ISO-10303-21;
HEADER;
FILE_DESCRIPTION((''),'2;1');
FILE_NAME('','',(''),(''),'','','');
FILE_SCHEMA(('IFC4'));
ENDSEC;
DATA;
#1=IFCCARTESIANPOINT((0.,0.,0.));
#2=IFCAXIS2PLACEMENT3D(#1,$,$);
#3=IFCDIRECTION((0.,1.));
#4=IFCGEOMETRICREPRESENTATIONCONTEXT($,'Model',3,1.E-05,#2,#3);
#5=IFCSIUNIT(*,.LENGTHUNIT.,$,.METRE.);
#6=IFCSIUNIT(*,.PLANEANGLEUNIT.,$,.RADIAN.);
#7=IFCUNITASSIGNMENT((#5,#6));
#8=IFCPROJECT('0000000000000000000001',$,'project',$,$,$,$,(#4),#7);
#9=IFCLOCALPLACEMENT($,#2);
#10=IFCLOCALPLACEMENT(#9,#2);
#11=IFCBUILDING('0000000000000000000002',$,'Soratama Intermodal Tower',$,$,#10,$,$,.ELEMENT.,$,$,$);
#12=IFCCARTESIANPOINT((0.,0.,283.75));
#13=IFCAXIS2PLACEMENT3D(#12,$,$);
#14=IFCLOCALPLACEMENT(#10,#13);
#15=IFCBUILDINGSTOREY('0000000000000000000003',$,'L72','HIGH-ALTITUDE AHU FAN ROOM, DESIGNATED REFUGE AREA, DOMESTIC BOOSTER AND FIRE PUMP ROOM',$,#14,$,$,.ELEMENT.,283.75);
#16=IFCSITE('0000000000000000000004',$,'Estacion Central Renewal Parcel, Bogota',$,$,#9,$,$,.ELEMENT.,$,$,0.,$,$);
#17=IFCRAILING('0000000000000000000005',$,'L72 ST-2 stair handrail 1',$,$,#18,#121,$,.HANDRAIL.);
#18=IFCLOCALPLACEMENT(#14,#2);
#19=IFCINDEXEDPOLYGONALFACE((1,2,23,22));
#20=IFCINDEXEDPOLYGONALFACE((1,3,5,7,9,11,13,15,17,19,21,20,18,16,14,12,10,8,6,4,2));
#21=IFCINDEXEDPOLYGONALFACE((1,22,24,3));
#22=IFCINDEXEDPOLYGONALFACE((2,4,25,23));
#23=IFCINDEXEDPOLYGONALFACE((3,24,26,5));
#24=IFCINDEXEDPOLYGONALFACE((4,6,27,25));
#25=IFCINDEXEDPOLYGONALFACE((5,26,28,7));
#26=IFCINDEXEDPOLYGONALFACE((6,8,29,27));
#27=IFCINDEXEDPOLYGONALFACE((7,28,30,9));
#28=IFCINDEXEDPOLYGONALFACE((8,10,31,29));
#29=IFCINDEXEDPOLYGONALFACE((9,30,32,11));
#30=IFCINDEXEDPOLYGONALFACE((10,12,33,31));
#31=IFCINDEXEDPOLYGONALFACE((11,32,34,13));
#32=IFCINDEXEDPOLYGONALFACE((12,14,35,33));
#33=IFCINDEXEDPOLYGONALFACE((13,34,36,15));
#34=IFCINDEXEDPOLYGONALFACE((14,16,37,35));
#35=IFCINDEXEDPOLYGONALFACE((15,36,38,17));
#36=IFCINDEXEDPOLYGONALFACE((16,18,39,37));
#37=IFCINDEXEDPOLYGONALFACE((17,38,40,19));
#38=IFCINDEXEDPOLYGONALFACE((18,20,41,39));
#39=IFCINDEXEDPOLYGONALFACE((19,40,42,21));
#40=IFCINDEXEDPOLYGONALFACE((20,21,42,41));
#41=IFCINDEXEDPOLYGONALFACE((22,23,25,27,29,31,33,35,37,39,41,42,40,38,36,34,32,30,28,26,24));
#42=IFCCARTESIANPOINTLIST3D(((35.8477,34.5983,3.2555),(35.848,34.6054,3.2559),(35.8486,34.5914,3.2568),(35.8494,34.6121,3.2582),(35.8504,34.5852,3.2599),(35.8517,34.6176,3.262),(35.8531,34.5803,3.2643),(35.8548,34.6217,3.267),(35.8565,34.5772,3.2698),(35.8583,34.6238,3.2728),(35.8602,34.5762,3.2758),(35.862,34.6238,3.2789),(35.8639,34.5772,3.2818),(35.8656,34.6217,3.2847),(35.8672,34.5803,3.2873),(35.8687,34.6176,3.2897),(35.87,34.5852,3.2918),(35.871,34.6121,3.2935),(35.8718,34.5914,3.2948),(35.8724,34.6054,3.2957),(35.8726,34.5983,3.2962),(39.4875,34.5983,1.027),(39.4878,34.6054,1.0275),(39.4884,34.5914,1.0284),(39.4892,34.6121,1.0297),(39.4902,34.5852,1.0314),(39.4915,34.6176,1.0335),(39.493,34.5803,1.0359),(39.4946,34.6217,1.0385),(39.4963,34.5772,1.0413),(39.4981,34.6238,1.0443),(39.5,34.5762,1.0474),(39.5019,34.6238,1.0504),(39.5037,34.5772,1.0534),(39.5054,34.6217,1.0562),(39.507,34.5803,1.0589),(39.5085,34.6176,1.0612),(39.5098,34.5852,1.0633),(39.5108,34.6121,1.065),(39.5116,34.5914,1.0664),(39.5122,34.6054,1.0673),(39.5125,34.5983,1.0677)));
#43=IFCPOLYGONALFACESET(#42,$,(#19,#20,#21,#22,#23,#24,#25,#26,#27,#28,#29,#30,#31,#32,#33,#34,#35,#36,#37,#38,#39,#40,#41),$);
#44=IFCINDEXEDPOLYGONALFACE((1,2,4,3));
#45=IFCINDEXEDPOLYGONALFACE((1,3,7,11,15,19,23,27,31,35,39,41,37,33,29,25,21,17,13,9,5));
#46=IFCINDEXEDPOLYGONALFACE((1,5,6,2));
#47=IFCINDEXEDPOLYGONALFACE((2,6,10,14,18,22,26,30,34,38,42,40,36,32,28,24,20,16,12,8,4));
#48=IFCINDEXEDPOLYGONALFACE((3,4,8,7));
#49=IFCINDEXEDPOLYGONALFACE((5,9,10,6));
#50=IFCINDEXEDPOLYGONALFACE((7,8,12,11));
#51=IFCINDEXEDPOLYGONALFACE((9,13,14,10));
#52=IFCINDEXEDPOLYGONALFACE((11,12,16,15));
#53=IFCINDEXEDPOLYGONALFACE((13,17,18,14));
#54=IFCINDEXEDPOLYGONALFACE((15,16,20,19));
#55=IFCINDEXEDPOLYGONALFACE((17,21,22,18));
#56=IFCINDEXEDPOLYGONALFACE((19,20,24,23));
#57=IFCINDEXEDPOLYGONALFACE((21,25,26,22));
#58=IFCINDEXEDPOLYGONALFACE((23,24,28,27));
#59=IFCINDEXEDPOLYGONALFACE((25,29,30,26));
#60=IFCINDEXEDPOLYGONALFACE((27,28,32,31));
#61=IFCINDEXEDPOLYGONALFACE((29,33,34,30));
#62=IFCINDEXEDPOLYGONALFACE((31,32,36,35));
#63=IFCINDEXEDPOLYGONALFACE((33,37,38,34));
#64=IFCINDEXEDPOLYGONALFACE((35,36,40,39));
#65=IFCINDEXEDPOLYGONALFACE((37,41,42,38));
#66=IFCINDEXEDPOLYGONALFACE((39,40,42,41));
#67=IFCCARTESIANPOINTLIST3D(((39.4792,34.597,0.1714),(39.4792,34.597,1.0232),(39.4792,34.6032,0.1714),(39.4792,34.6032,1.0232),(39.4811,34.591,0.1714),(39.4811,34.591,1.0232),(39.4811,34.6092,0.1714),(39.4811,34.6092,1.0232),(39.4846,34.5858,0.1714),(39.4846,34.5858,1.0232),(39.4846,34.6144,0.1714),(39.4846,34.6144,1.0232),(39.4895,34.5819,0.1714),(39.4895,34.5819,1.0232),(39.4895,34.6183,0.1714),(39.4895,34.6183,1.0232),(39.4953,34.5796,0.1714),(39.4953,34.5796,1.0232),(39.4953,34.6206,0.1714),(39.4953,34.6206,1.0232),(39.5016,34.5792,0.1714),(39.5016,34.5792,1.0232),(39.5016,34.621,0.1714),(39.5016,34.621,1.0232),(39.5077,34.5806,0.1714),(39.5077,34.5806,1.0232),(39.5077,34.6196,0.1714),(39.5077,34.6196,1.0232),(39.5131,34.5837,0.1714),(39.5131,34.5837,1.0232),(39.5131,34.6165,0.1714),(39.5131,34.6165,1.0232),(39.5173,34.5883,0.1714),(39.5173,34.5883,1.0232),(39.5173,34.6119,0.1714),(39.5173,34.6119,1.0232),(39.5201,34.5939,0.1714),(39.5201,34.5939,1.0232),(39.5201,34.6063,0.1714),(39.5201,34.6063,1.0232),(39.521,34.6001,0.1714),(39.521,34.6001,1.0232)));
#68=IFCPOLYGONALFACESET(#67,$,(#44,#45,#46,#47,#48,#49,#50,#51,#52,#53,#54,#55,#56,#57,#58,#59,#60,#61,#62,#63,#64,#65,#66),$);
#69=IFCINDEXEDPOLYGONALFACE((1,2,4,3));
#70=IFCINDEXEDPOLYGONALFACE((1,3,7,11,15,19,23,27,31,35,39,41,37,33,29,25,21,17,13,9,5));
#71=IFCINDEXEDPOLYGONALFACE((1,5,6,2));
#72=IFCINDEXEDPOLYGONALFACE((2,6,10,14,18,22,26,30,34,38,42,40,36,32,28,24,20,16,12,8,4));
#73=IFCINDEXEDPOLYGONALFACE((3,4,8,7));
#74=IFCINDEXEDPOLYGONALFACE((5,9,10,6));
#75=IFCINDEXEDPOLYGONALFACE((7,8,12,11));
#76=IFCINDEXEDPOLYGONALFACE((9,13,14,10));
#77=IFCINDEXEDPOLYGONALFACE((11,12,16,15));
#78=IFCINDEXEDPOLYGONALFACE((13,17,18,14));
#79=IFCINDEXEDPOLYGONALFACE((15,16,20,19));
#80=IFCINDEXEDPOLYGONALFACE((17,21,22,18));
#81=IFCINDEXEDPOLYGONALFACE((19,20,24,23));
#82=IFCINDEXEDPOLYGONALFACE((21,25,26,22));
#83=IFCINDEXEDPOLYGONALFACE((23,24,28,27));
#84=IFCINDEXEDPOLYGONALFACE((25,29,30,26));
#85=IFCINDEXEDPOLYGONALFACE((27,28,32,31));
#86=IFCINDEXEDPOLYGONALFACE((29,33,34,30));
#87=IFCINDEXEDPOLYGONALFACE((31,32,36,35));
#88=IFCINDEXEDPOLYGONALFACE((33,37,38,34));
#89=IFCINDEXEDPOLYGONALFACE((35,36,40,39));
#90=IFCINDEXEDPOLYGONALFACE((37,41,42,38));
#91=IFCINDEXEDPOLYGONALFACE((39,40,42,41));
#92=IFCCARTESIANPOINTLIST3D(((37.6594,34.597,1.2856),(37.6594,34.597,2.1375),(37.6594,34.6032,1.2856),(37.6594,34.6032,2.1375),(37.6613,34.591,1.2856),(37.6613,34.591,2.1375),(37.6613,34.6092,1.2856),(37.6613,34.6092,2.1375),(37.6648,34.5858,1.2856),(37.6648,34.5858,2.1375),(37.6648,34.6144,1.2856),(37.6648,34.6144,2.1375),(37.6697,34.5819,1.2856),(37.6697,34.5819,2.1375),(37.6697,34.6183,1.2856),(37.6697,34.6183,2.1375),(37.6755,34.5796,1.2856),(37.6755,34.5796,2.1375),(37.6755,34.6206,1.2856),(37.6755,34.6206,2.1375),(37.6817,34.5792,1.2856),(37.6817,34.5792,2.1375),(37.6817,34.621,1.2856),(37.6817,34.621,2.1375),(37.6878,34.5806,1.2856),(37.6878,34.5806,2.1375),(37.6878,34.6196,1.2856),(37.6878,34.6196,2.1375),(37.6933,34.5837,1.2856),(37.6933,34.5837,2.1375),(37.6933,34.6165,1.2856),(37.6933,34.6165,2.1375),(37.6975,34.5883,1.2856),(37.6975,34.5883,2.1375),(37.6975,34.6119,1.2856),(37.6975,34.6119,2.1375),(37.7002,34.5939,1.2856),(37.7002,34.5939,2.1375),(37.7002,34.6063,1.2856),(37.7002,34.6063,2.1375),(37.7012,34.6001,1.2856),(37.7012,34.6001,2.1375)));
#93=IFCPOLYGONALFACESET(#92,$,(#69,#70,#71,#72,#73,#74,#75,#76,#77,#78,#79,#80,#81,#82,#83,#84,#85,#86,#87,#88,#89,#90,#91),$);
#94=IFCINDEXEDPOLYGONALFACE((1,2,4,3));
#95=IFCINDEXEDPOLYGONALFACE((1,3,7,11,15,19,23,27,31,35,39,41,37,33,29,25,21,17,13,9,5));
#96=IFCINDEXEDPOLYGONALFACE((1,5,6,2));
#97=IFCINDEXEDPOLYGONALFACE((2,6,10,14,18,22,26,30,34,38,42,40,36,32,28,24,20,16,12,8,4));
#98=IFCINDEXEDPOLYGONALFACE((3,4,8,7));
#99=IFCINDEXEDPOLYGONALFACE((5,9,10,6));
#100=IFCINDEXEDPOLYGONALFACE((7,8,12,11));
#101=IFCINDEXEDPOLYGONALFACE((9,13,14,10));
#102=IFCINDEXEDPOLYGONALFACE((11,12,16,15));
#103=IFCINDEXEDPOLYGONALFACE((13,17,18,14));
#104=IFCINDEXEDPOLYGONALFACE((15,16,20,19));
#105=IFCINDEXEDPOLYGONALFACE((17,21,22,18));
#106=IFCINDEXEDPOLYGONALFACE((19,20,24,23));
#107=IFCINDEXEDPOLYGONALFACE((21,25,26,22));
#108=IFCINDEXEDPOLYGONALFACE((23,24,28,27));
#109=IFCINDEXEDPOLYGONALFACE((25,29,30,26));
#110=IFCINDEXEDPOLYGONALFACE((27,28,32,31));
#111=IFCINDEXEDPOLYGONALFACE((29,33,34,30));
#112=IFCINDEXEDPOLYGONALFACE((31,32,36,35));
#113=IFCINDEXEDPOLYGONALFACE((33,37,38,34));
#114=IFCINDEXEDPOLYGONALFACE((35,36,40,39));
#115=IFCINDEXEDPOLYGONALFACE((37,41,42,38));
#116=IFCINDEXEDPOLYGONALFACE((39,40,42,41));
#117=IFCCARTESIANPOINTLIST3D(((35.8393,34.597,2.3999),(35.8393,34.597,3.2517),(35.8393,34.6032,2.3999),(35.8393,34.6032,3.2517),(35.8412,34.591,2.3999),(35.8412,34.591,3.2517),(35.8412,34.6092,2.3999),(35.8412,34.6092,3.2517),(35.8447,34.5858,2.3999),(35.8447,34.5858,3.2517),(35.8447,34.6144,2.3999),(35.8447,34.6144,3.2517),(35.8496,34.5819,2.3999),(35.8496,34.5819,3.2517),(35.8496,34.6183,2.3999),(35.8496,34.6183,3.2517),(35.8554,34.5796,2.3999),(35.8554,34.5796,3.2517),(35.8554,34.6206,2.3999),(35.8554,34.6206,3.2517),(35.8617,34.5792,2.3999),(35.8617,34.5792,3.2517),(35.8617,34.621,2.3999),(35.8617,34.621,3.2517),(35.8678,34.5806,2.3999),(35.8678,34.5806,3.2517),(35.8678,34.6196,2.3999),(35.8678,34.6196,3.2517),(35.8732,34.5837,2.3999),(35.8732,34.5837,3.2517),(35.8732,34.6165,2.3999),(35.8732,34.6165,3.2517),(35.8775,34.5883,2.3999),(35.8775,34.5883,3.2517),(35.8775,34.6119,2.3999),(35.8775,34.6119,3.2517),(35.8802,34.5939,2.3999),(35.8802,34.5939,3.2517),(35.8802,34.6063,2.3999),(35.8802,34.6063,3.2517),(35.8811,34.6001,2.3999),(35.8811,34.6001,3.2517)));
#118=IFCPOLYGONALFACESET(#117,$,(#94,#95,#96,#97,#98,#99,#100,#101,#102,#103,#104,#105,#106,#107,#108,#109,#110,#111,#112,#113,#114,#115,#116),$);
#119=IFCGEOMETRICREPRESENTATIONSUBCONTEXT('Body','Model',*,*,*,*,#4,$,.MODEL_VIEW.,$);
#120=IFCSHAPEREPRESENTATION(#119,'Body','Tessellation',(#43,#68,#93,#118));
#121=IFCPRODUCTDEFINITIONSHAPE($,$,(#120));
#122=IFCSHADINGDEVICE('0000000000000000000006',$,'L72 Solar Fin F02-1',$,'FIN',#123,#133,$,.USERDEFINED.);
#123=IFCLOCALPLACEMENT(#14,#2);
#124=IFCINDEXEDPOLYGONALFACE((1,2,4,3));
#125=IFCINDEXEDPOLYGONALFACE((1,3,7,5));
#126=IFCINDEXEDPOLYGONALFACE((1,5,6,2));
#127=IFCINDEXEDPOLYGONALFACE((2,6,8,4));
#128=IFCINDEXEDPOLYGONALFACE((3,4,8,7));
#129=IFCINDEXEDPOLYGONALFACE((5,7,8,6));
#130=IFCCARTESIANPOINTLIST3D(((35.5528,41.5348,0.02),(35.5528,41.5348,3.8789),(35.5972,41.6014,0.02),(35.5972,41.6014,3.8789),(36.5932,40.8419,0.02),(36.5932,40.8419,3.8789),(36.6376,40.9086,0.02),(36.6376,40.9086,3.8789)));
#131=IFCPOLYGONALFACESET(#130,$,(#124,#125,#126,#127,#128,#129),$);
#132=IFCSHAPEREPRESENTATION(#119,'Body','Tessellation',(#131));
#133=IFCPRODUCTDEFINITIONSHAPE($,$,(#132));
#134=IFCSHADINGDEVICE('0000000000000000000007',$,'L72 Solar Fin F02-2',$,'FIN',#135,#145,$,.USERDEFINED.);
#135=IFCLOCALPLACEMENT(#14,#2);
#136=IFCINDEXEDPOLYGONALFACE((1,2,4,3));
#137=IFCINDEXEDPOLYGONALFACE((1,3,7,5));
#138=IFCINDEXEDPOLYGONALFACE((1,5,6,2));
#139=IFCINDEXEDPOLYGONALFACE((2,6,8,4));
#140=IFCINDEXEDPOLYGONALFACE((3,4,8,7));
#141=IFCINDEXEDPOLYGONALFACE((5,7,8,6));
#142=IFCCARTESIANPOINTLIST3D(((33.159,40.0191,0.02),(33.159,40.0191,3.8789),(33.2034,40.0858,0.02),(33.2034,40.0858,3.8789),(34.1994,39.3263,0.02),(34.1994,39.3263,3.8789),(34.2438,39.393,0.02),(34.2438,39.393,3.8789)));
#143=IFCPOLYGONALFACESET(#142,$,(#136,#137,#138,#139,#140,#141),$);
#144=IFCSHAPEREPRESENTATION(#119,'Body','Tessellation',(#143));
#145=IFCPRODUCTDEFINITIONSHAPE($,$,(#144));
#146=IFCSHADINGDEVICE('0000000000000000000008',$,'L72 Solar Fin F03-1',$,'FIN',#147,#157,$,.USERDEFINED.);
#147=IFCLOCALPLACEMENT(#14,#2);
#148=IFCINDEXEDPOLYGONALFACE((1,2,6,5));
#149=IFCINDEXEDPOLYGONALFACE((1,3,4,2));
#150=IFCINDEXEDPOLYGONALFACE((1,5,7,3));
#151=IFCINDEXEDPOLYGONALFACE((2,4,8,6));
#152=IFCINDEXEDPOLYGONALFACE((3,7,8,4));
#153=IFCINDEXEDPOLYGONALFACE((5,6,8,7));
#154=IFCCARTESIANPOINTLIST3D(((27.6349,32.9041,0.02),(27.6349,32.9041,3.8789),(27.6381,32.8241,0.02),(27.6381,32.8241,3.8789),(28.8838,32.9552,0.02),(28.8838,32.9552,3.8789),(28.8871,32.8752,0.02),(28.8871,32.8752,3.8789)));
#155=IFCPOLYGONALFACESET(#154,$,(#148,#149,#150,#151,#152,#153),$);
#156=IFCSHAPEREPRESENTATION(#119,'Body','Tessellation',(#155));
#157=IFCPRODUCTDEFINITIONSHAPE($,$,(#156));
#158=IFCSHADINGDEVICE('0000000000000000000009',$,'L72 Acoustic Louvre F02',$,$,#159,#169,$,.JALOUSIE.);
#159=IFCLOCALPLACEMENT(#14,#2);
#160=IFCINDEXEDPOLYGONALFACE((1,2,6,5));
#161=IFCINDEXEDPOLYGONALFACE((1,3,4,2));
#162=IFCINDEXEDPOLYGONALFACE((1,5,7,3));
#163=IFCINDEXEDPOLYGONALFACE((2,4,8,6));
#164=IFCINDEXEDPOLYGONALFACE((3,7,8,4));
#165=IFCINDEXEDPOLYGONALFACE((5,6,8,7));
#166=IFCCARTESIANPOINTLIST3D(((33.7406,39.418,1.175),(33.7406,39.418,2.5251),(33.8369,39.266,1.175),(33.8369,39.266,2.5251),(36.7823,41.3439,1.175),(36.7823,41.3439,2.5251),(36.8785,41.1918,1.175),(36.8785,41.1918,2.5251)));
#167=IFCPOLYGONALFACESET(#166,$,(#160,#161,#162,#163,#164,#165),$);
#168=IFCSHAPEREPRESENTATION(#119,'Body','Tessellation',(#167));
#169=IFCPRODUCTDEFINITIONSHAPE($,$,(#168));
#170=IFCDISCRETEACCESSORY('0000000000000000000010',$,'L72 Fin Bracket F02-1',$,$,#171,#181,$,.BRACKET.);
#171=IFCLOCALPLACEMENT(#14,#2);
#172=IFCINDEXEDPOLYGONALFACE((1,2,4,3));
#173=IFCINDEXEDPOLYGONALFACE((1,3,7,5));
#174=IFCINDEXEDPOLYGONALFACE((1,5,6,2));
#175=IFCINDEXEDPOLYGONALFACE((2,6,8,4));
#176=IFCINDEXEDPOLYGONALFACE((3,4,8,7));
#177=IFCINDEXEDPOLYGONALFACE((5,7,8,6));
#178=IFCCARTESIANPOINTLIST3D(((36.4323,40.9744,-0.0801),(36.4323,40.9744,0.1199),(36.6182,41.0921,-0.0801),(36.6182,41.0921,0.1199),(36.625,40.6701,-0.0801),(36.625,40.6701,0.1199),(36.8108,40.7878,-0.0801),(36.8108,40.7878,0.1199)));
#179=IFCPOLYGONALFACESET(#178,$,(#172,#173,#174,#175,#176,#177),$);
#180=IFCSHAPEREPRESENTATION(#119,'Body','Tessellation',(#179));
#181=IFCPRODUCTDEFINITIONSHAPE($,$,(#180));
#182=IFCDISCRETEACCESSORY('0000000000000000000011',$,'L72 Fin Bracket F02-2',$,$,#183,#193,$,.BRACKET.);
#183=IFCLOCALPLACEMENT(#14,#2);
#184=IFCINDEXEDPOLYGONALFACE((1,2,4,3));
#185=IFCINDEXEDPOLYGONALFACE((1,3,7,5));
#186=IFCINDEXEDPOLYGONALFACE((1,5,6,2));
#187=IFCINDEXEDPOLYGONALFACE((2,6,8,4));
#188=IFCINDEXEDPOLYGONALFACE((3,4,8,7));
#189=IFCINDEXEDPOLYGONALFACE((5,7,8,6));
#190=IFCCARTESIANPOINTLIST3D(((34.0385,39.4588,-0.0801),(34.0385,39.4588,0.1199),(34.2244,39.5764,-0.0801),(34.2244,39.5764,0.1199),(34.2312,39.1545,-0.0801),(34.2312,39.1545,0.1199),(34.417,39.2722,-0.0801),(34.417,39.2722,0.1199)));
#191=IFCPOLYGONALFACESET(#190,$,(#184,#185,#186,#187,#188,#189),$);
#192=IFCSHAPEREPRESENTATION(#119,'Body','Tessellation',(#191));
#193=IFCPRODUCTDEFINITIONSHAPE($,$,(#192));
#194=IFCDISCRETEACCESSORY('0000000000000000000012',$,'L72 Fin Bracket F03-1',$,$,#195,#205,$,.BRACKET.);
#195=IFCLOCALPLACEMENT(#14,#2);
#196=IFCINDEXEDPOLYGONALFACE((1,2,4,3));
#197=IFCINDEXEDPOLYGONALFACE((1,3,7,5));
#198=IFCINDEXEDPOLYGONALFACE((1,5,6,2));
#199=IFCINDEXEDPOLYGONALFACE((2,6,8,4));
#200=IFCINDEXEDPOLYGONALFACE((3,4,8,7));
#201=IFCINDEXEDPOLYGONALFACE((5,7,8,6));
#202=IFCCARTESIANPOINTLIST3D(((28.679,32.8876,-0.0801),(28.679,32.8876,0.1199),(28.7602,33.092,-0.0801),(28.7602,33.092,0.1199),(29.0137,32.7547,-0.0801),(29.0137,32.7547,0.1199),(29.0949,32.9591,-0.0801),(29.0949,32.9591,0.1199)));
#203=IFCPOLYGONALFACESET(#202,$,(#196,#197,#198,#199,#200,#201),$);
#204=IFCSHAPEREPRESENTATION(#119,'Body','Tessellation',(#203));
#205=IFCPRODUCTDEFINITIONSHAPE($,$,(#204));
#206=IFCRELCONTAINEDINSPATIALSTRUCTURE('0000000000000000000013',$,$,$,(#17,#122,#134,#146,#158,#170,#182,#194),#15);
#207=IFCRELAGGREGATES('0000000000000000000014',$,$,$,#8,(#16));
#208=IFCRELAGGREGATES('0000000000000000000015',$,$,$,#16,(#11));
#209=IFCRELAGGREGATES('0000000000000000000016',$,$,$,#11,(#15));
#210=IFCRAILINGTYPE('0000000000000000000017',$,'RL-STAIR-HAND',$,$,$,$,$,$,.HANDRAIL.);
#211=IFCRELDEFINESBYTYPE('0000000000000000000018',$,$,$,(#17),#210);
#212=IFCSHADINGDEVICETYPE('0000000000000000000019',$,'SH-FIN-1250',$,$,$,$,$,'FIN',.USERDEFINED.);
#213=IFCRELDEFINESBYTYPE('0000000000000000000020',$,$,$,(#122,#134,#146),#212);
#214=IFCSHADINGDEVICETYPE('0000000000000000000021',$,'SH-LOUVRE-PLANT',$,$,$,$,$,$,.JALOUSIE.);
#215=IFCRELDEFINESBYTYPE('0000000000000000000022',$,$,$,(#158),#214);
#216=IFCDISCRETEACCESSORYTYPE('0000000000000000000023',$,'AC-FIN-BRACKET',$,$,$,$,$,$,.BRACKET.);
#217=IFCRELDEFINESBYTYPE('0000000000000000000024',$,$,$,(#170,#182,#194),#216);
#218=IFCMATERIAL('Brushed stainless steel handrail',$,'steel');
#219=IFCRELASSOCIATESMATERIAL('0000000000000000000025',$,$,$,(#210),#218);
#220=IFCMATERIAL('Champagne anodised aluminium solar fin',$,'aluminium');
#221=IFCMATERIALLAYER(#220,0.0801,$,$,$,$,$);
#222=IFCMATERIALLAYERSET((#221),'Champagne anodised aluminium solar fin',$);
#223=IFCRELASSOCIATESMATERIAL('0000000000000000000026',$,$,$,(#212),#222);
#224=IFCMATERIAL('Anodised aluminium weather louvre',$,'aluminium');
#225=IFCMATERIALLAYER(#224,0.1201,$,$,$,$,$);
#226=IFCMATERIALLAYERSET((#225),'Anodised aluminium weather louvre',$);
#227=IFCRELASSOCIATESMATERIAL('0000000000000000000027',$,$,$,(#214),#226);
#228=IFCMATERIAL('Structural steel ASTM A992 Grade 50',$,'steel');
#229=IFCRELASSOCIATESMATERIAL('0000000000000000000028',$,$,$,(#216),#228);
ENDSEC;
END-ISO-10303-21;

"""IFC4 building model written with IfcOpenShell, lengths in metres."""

from ifc_helpers import new_model, si_unit, direction, frame, origin, origin_2d, place, context, subcontext, project, spatial, rectangle, circle, extrude, material, layer, layer_set, type_object, element, save


model = new_model("IFC4")

# Units and contexts
model_context = context("Model", 3, precision=1e-05, world=origin(), true_north=direction((0.0, 1.0)))
body_context = subcontext(model_context, "Body", "Model", "MODEL_VIEW")
ifc_project = project(units=[si_unit("LENGTHUNIT", "METRE"), si_unit("PLANEANGLEUNIT", "RADIAN")], contexts=[model_context])

# Site, building, storey
site_placement = place(None, origin())
site = spatial("IfcSite", under=ifc_project, at=site_placement, Name="Estacion Central Renewal Parcel, Bogota", CompositionType="ELEMENT", RefElevation=0.0)
building_placement = place(site_placement, origin())
building = spatial("IfcBuilding", under=site, at=building_placement, Name="Soratama Intermodal Tower", CompositionType="ELEMENT")
storey_placement = place(building_placement, frame((0.0, 0.0, 283.75)))
storey = spatial("IfcBuildingStorey", under=building, at=storey_placement, Name="L72", Description="HIGH-ALTITUDE AHU FAN ROOM, DESIGNATED REFUGE AREA, DOMESTIC BOOSTER AND FIRE PUMP ROOM", CompositionType="ELEMENT", Elevation=283.75)

# Railing
ifc_material_1 = material(Name="Brushed stainless steel handrail", Category="steel")
railing_type_1 = type_object("IfcRailingType", Name="RL-STAIR-HAND", PredefinedType="HANDRAIL", material=ifc_material_1)
railing_1_placement = place(storey_placement, frame((39.5, 34.6001, 0.1714)))
element("IfcRailing", 1, at=railing_1_placement, inside=storey, type_object=railing_type_1, Name="L72 ST-2 stair handrail 1", PredefinedType="HANDRAIL", context=body_context, shape_type="SweptSolid", body=[
    extrude(circle(Radius=0.0239, at=origin_2d()), frame((0.0, 0.0, 0.876), z_axis=(-0.85285, 0.0, 0.522156), x_axis=(0.0, -1.0, 0.0)), (0.0, 0.0, 1.0), 4.2678),
    extrude(circle(Radius=0.021, at=origin_2d()), origin(), (0.0, 0.0, 1.0), 0.8518),
    extrude(circle(Radius=0.021, at=origin_2d()), frame((-1.8198, 0.0, 1.1143)), (0.0, 0.0, 1.0), 0.8518),
    extrude(circle(Radius=0.021, at=origin_2d()), frame((-3.6399, 0.0, 2.2285)), (0.0, 0.0, 1.0), 0.8518),
])

# Shading devices
ifc_material_2 = material(Name="Champagne anodised aluminium solar fin", Category="aluminium")
ifc_layer_1 = layer(ifc_material_2, 0.0801)
ifc_layer_set_1 = layer_set([ifc_layer_1], Name="Champagne anodised aluminium solar fin")
shading_device_type_1 = type_object("IfcShadingDeviceType", Name="SH-FIN-1250", ElementType="FIN", PredefinedType="USERDEFINED", material=ifc_layer_set_1)
for number, where, z_axis, x_axis, name in (
    (2, (36.0952, 41.2217, 0.02), (0.0, 0.0, 1.0), (-0.832341, 0.554263, 0.0), "L72 Solar Fin F02-1"),
    (3, (33.7014, 39.7061, 0.02), (0.0, 0.0, 1.0), (-0.832341, 0.554263, 0.0), "L72 Solar Fin F02-2"),
    (4, (28.261, 32.8896, 0.02), (0.0, 0.0, 1.0), (-0.999166, -0.040829, 0.0), "L72 Solar Fin F03-1"),
):
    element("IfcShadingDevice", number, at=place(storey_placement, frame(where, z_axis=z_axis, x_axis=x_axis)), inside=storey, type_object=shading_device_type_1, Name=name, ObjectType="FIN", PredefinedType="USERDEFINED", context=body_context, shape_type="SweptSolid", body=[
        extrude(rectangle(XDim=1.25, YDim=0.0801, at=origin_2d()), origin(), (0.0, 0.0, 1.0), 3.8589),
    ])
ifc_material_3 = material(Name="Anodised aluminium weather louvre", Category="aluminium")
ifc_layer_2 = layer(ifc_material_3, 0.1201)
ifc_layer_set_2 = layer_set([ifc_layer_2], Name="Anodised aluminium weather louvre")
shading_device_type_2 = type_object("IfcShadingDeviceType", Name="SH-LOUVRE-PLANT", PredefinedType="JALOUSIE", material=ifc_layer_set_2)
shading_device_placement = place(storey_placement, frame((35.3096, 40.3049, 1.175), z_axis=(0.0, 0.0, 1.0), x_axis=(-0.844889, -0.534942, 0.0)))
element("IfcShadingDevice", 5, at=shading_device_placement, inside=storey, type_object=shading_device_type_2, Name="L72 Acoustic Louvre F02", PredefinedType="JALOUSIE", context=body_context, shape_type="SweptSolid", body=[
    extrude(rectangle(XDim=3.6001, YDim=0.1799, at=origin_2d()), origin(), (0.0, 0.0, 1.0), 1.3501),
])

# Discrete accessories
ifc_material_4 = material(Name="Structural steel ASTM A992 Grade 50", Category="steel")
discrete_accessory_type = type_object("IfcDiscreteAccessoryType", Name="AC-FIN-BRACKET", PredefinedType="BRACKET", material=ifc_material_4)
for number, where, z_axis, x_axis, name in (
    (6, (36.6216, 40.8811, -0.0801), (0.0, 0.0, 1.0), (-0.534942, 0.844889, 0.0), "L72 Fin Bracket F02-1"),
    (7, (34.2278, 39.3655, -0.0801), (0.0, 0.0, 1.0), (-0.534942, 0.844889, 0.0), "L72 Fin Bracket F02-2"),
    (8, (28.887, 32.9233, -0.0801), (0.0, 0.0, 1.0), (-0.92939, 0.369098, 0.0), "L72 Fin Bracket F03-1"),
):
    element("IfcDiscreteAccessory", number, at=place(storey_placement, frame(where, z_axis=z_axis, x_axis=x_axis)), inside=storey, type_object=discrete_accessory_type, Name=name, PredefinedType="BRACKET", context=body_context, shape_type="SweptSolid", body=[
        extrude(rectangle(XDim=0.3601, YDim=0.22, at=origin_2d()), origin(), (0.0, 0.0, 1.0), 0.2),
    ])

save(model, "model.ifc")
